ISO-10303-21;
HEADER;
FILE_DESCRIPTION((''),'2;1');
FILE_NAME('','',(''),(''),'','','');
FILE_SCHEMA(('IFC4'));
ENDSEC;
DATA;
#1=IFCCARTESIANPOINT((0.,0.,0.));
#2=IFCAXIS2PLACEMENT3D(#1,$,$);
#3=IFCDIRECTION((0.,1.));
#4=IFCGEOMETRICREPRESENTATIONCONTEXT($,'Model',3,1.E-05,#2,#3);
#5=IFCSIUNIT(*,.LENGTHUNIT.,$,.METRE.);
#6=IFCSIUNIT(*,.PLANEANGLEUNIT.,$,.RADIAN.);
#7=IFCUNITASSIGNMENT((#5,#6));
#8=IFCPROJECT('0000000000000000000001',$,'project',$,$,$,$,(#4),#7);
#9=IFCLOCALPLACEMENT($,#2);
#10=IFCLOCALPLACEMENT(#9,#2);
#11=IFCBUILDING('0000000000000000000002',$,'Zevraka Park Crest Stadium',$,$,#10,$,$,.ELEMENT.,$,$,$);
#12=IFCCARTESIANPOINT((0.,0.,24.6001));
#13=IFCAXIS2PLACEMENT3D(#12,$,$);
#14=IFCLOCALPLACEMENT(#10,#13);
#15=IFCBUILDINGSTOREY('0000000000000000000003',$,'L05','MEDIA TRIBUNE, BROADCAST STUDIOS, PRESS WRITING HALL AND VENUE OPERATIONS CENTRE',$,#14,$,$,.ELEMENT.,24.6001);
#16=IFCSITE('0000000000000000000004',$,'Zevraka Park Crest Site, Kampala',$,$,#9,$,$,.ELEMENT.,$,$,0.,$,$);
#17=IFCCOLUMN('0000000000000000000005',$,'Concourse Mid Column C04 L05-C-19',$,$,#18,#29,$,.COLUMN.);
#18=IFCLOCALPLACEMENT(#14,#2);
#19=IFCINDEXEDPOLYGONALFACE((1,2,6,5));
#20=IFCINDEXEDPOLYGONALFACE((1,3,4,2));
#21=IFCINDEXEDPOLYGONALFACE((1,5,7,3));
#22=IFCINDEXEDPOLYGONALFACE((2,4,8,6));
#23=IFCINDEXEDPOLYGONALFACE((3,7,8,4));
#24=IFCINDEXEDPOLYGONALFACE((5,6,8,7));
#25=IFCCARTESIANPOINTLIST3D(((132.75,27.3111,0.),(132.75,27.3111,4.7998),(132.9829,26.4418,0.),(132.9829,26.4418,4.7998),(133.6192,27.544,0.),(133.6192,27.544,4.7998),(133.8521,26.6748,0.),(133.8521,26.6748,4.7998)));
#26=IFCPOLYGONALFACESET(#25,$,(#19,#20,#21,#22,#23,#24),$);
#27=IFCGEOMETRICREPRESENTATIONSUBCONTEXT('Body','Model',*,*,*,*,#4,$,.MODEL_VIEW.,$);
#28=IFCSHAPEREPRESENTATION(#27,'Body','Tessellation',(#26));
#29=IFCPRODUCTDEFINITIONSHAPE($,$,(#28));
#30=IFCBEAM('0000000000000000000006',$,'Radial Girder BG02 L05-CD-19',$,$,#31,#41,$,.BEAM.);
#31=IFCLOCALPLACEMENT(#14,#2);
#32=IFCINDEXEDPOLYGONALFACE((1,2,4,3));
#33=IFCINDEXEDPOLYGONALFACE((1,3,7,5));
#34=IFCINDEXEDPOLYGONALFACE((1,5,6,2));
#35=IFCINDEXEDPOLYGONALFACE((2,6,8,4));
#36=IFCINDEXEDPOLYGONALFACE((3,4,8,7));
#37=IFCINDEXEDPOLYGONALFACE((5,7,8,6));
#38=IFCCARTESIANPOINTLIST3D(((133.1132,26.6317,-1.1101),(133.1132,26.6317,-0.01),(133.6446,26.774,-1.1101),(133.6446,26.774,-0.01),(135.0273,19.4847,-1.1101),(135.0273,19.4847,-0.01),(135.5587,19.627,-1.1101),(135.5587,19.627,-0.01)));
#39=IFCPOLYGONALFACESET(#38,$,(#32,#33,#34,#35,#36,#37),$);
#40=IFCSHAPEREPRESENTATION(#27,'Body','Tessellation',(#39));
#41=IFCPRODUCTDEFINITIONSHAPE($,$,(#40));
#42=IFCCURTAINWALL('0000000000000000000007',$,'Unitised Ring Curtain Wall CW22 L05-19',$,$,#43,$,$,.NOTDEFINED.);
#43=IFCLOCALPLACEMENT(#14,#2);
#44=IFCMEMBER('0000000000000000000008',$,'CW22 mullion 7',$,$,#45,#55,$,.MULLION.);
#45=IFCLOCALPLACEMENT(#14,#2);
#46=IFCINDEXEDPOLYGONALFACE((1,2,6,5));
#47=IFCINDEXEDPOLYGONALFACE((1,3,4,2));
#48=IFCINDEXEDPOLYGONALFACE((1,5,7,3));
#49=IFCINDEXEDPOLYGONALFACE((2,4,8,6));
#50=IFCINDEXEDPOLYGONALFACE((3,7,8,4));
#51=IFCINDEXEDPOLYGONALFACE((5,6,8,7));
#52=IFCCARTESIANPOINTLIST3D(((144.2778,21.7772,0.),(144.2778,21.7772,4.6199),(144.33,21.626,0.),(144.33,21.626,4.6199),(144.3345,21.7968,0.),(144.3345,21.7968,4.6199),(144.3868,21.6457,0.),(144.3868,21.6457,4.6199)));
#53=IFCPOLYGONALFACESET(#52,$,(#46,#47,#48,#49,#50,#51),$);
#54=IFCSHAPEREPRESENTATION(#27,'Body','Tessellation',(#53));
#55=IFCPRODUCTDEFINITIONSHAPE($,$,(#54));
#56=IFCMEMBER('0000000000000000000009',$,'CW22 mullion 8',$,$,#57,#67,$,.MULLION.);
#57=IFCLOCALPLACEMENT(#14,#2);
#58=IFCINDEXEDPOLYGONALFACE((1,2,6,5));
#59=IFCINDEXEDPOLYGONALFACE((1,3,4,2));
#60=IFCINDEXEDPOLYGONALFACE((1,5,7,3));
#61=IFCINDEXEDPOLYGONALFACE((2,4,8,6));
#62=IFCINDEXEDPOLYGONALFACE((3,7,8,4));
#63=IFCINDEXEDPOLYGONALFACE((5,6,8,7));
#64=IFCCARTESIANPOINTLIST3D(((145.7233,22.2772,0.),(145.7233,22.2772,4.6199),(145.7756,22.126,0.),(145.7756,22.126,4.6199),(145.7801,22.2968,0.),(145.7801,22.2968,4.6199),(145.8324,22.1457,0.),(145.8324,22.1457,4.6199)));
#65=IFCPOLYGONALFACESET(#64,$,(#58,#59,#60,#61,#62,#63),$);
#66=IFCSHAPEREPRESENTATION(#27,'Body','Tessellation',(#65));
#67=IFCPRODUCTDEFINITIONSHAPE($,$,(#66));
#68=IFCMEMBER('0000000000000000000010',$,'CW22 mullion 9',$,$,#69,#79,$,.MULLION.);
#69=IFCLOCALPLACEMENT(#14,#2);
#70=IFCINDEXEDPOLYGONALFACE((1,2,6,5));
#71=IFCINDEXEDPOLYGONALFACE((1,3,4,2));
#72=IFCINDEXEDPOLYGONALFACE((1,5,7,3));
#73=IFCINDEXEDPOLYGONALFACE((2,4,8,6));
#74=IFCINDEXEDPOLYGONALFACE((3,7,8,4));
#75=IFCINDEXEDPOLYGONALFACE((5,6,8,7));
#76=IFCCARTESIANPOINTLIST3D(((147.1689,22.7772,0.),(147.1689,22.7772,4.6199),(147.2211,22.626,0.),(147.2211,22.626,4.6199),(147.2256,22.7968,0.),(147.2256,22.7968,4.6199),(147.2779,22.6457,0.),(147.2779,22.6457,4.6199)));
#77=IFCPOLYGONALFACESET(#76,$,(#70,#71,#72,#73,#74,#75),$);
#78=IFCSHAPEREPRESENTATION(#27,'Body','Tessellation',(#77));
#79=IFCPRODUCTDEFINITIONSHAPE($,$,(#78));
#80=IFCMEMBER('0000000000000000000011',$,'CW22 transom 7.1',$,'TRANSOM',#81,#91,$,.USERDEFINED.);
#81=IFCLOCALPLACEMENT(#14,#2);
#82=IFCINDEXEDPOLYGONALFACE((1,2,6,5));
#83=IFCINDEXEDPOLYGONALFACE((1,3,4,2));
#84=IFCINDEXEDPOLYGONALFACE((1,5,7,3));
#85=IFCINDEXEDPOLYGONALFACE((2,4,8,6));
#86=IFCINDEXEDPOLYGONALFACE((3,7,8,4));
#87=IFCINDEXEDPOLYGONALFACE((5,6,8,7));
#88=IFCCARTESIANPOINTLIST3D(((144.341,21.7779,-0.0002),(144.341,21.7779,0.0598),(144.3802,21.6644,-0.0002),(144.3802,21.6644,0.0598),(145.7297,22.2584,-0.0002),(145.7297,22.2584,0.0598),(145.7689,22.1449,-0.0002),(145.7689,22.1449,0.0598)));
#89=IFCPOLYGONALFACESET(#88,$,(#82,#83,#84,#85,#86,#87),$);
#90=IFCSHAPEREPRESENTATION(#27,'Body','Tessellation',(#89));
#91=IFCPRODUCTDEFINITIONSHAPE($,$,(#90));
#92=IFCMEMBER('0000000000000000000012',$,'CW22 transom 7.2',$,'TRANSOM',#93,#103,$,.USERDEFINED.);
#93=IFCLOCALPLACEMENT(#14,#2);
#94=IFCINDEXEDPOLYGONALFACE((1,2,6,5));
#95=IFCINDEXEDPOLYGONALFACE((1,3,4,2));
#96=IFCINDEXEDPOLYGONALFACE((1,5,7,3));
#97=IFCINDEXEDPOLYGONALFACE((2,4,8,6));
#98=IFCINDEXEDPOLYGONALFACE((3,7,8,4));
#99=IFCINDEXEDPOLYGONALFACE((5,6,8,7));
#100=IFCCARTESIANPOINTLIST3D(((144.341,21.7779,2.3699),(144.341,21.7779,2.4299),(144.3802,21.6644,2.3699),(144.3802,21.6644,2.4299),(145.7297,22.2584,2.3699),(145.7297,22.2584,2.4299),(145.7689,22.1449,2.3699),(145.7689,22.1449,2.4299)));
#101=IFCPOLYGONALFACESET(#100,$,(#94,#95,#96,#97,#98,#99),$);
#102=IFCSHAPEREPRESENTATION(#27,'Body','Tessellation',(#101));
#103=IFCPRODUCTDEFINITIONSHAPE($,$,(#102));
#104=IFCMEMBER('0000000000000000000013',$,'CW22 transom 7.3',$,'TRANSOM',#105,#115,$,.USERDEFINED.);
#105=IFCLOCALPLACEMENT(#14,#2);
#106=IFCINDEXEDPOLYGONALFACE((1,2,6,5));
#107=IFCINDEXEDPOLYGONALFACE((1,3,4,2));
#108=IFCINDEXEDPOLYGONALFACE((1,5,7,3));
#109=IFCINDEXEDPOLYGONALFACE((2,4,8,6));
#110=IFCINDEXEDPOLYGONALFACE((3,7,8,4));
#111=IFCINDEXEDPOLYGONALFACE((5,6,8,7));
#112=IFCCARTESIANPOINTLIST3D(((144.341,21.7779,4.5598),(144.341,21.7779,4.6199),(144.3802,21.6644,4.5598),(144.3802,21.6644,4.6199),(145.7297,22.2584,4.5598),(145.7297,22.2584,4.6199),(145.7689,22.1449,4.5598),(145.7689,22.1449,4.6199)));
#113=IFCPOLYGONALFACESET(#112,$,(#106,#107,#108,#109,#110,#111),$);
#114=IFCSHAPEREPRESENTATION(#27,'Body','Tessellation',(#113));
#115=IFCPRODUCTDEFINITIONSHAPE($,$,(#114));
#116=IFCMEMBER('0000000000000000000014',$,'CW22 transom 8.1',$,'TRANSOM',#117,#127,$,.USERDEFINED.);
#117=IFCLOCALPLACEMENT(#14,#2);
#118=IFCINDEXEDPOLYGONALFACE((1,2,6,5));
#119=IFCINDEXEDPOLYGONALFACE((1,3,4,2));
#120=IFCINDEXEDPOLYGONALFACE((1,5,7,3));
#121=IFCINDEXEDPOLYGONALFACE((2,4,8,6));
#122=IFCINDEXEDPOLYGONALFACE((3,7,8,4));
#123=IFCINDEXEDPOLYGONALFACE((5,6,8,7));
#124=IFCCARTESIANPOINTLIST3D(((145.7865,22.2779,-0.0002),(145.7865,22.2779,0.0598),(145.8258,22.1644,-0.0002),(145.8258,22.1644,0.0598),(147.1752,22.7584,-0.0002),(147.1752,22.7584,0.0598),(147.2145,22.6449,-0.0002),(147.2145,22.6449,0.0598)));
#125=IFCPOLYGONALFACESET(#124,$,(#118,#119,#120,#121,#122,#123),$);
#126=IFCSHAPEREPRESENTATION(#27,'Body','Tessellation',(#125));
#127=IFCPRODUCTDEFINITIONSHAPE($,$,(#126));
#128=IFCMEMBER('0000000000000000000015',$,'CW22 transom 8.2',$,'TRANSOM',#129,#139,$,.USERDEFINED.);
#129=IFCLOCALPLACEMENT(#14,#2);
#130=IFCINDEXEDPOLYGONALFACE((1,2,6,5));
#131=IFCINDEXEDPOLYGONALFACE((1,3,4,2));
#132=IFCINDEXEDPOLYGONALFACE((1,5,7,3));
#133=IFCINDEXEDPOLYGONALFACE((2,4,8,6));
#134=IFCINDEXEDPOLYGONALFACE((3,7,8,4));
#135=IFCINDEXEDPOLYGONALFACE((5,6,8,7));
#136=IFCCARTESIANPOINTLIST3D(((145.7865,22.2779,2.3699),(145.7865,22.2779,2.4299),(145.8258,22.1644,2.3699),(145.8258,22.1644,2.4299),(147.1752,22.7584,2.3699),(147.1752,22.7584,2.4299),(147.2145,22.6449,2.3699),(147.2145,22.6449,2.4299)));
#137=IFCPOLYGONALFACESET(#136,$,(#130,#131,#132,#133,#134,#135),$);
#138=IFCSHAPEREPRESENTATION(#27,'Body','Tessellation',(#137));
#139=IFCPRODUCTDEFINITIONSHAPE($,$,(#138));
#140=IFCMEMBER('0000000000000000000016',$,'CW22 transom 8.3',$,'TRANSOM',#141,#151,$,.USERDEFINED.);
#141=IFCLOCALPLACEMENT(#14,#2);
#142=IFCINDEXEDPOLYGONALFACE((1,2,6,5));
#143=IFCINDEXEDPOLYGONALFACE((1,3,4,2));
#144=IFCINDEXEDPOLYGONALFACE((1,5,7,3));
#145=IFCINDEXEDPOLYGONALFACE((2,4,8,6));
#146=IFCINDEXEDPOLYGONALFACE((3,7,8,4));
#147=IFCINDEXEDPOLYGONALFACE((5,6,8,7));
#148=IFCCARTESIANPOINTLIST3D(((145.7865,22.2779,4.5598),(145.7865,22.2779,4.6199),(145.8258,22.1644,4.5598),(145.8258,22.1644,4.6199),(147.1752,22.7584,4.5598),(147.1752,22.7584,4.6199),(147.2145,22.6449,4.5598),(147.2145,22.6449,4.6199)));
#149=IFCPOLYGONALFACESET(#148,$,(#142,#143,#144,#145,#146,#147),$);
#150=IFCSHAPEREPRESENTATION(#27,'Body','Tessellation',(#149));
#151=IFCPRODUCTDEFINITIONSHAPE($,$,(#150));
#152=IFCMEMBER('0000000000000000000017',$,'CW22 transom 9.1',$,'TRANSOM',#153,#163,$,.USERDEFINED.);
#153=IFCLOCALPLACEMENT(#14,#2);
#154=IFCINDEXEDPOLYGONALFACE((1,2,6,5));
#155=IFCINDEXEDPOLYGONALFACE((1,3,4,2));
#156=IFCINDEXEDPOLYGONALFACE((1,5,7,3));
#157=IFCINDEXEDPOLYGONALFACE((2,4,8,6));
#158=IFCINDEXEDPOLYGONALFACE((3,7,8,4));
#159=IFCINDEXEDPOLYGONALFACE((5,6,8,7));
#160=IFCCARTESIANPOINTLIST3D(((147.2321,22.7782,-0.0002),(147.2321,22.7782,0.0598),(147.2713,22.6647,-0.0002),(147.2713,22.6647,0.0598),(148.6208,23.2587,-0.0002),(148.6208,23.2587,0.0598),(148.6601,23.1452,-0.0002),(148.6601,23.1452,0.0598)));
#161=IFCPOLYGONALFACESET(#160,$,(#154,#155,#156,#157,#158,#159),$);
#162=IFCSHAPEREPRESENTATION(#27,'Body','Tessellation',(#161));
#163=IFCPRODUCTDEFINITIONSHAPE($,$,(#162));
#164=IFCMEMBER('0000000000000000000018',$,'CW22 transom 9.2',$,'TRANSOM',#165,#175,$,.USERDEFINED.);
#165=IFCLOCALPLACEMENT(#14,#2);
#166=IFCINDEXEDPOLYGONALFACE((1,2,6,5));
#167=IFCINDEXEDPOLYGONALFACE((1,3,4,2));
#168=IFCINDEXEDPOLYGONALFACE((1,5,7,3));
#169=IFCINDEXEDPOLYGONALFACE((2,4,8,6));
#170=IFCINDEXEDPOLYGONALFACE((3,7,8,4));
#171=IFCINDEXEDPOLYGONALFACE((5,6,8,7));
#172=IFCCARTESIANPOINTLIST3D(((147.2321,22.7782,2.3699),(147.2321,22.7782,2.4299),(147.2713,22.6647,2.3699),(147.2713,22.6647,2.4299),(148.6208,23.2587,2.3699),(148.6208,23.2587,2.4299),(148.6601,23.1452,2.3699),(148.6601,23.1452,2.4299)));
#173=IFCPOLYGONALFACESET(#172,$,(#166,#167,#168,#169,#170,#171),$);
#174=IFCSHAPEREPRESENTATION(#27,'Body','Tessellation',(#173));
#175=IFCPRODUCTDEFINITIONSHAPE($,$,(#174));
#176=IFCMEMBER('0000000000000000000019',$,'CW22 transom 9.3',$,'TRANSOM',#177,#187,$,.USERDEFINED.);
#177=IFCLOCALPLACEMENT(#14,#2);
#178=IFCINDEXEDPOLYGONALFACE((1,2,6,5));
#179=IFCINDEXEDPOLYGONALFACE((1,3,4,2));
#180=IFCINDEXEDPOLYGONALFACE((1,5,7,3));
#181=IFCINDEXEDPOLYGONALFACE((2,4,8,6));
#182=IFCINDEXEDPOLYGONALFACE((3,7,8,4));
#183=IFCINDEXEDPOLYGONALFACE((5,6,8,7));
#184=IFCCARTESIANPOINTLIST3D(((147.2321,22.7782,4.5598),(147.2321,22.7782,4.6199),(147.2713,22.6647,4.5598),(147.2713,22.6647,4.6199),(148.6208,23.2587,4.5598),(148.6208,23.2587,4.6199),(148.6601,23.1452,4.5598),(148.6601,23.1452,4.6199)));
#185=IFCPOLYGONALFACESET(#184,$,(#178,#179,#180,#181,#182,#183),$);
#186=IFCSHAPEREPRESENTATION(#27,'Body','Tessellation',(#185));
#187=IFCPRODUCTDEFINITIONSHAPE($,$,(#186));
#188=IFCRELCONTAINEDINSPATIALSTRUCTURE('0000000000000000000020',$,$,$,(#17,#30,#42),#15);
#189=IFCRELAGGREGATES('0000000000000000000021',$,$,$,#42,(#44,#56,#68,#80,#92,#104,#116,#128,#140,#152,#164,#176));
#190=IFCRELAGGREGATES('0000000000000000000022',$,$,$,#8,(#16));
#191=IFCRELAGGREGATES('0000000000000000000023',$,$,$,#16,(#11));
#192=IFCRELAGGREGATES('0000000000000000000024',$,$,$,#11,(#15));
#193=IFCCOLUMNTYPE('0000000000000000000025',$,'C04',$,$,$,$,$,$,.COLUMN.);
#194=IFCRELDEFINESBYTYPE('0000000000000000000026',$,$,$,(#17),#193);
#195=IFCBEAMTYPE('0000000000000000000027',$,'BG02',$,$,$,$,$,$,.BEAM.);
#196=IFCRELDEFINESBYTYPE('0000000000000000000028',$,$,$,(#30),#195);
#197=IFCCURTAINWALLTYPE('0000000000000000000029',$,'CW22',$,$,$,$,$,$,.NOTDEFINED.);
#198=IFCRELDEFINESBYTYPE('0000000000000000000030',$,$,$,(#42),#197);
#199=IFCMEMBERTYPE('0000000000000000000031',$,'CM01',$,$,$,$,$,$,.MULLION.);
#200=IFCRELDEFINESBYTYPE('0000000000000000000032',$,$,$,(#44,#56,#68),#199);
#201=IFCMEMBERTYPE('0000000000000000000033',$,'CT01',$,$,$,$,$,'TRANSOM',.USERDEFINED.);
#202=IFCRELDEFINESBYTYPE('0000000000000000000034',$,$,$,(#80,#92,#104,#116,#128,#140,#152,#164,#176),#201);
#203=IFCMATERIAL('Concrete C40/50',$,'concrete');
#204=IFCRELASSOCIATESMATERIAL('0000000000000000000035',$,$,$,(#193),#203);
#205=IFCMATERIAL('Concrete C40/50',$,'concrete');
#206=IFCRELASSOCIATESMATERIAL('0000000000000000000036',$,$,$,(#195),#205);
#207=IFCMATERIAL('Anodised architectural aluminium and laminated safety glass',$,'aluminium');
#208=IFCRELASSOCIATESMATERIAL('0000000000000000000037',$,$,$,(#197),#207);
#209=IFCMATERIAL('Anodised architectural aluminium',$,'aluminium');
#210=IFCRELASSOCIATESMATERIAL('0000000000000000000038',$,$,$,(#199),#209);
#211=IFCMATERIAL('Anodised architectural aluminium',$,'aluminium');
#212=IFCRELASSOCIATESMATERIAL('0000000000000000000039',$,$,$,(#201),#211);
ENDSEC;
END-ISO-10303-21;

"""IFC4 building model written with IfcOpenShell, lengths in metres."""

from ifc_helpers import new_model, si_unit, direction, frame, origin, origin_2d, place, context, subcontext, project, spatial, rectangle, extrude, material, material_profile, profile_set, type_object, element, aggregate, save


model = new_model("IFC4")

# Units and contexts
model_context = context("Model", 3, precision=1e-05, world=origin(), true_north=direction((0.0, 1.0)))
body_context = subcontext(model_context, "Body", "Model", "MODEL_VIEW")
ifc_project = project(units=[si_unit("LENGTHUNIT", "METRE"), si_unit("PLANEANGLEUNIT", "RADIAN")], contexts=[model_context])

# Site, building, storey
site_placement = place(None, origin())
site = spatial("IfcSite", under=ifc_project, at=site_placement, Name="Zevraka Park Crest Site, Kampala", CompositionType="ELEMENT", RefElevation=0.0)
building_placement = place(site_placement, origin())
building = spatial("IfcBuilding", under=site, at=building_placement, Name="Zevraka Park Crest Stadium", CompositionType="ELEMENT")
storey_placement = place(building_placement, frame((0.0, 0.0, 24.6001)))
storey = spatial("IfcBuildingStorey", under=building, at=storey_placement, Name="L05", Description="MEDIA TRIBUNE, BROADCAST STUDIOS, PRESS WRITING HALL AND VENUE OPERATIONS CENTRE", CompositionType="ELEMENT", Elevation=24.6001)

# Column
ifc_material_1 = material(Name="Concrete C40/50", Category="concrete")
ifc_material_profile_1 = material_profile(ifc_material_1, rectangle(XDim=0.8999, YDim=0.8999, at=origin_2d()), Name="RC 900x900")
ifc_profile_set_1 = profile_set([ifc_material_profile_1], Name="Concrete C40/50")
column_type = type_object("IfcColumnType", Name="C04", PredefinedType="COLUMN", material=ifc_profile_set_1)
column_placement = place(storey_placement, frame((133.301, 26.9929, 0.0), z_axis=(0.0, 0.0, 1.0), x_axis=(-0.258819, 0.965926, 0.0)))
element("IfcColumn", 1, at=column_placement, inside=storey, type_object=column_type, Name="Concourse Mid Column C04 L05-C-19", PredefinedType="COLUMN", context=body_context, shape_type="SweptSolid", body=[
    extrude(rectangle(XDim=0.8999, YDim=0.8999, at=origin_2d()), origin(), (0.0, 0.0, 1.0), 4.7998),
])

# Beam
ifc_material_2 = material(Name="Concrete C40/50", Category="concrete")
ifc_material_profile_2 = material_profile(ifc_material_2, rectangle(XDim=0.55, YDim=1.1001, at=origin_2d()), Name="RC 1100x550")
ifc_profile_set_2 = profile_set([ifc_material_profile_2], Name="Concrete C40/50")
beam_type_1 = type_object("IfcBeamType", Name="BG02", PredefinedType="BEAM", material=ifc_profile_set_2)
beam_1_placement = place(storey_placement, frame((133.3789, 26.7029, -0.5601), z_axis=(0.258698, -0.965958, 0.0), x_axis=(0.965958, 0.258698, 0.0)))
element("IfcBeam", 2, at=beam_1_placement, inside=storey, type_object=beam_type_1, Name="Radial Girder BG02 L05-CD-19", PredefinedType="BEAM", context=body_context, shape_type="SweptSolid", body=[
    extrude(rectangle(XDim=0.55, YDim=1.1001, at=origin_2d()), origin(), (0.0, 0.0, 1.0), 7.3989),
])

# Curtain wall, members
ifc_material_3 = material(Name="Anodised architectural aluminium and laminated safety glass", Category="aluminium")
curtain_wall_type = type_object("IfcCurtainWallType", Name="CW22", PredefinedType="NOTDEFINED", material=ifc_material_3)
curtain_wall_placement = place(storey_placement, origin())
curtain_wall = element("IfcCurtainWall", 3, at=curtain_wall_placement, inside=storey, type_object=curtain_wall_type, Name="Unitised Ring Curtain Wall CW22 L05-19", PredefinedType="NOTDEFINED")
ifc_material_4 = material(Name="Anodised architectural aluminium", Category="aluminium")
ifc_material_profile_3 = material_profile(ifc_material_4, rectangle(XDim=0.1599, YDim=0.0601, at=origin_2d()), Name="ALU MULLION 160x60")
ifc_profile_set_3 = profile_set([ifc_material_profile_3], Name="Anodised architectural aluminium")
member_type_1 = type_object("IfcMemberType", Name="CM01", PredefinedType="MULLION", material=ifc_profile_set_3)
member_1_placement = place(storey_placement, frame((144.3323, 21.7114, 0.0), z_axis=(0.0, 0.0, 1.0), x_axis=(-0.326929, 0.945049, 0.0)))
member_1 = element("IfcMember", 4, at=member_1_placement, type_object=member_type_1, Name="CW22 mullion 7", PredefinedType="MULLION", context=body_context, shape_type="SweptSolid", body=[
    extrude(rectangle(XDim=0.1599, YDim=0.0601, at=origin_2d()), origin(), (0.0, 0.0, 1.0), 4.6199),
])
member_2_placement = place(storey_placement, frame((145.7778, 22.2114, 0.0), z_axis=(0.0, 0.0, 1.0), x_axis=(-0.326929, 0.945049, 0.0)))
member_2 = element("IfcMember", 5, at=member_2_placement, type_object=member_type_1, Name="CW22 mullion 8", PredefinedType="MULLION", context=body_context, shape_type="SweptSolid", body=[
    extrude(rectangle(XDim=0.1599, YDim=0.0601, at=origin_2d()), origin(), (0.0, 0.0, 1.0), 4.6199),
])
member_3_placement = place(storey_placement, frame((147.2234, 22.7114, 0.0), z_axis=(0.0, 0.0, 1.0), x_axis=(-0.326929, 0.945049, 0.0)))
member_3 = element("IfcMember", 6, at=member_3_placement, type_object=member_type_1, Name="CW22 mullion 9", PredefinedType="MULLION", context=body_context, shape_type="SweptSolid", body=[
    extrude(rectangle(XDim=0.1599, YDim=0.0601, at=origin_2d()), origin(), (0.0, 0.0, 1.0), 4.6199),
])
ifc_material_5 = material(Name="Anodised architectural aluminium", Category="aluminium")
ifc_material_profile_4 = material_profile(ifc_material_5, rectangle(XDim=0.1201, YDim=0.0601, at=origin_2d()), Name="ALU TRANSOM 120x60")
ifc_profile_set_4 = profile_set([ifc_material_profile_4], Name="Anodised architectural aluminium")
member_type_2 = type_object("IfcMemberType", Name="CT01", ElementType="TRANSOM", PredefinedType="USERDEFINED", material=ifc_profile_set_4)
member_4_placement = place(storey_placement, frame((144.3606, 21.7212, 0.0298), z_axis=(0.945033, 0.326974, 0.0), x_axis=(-0.326974, 0.945033, 0.0)))
member_4 = element("IfcMember", 7, at=member_4_placement, type_object=member_type_2, Name="CW22 transom 7.1", ObjectType="TRANSOM", PredefinedType="USERDEFINED", context=body_context, shape_type="SweptSolid", body=[
    extrude(rectangle(XDim=0.1201, YDim=0.0601, at=origin_2d()), origin(), (0.0, 0.0, 1.0), 1.4695),
])
member_5_placement = place(storey_placement, frame((144.3606, 21.7212, 2.3999), z_axis=(0.945033, 0.326974, 0.0), x_axis=(-0.326974, 0.945033, 0.0)))
member_5 = element("IfcMember", 8, at=member_5_placement, type_object=member_type_2, Name="CW22 transom 7.2", ObjectType="TRANSOM", PredefinedType="USERDEFINED", context=body_context, shape_type="SweptSolid", body=[
    extrude(rectangle(XDim=0.1201, YDim=0.0601, at=origin_2d()), origin(), (0.0, 0.0, 1.0), 1.4695),
])
member_6_placement = place(storey_placement, frame((144.3606, 21.7212, 4.5898), z_axis=(0.945033, 0.326974, 0.0), x_axis=(-0.326974, 0.945033, 0.0)))
member_6 = element("IfcMember", 9, at=member_6_placement, type_object=member_type_2, Name="CW22 transom 7.3", ObjectType="TRANSOM", PredefinedType="USERDEFINED", context=body_context, shape_type="SweptSolid", body=[
    extrude(rectangle(XDim=0.1201, YDim=0.0601, at=origin_2d()), origin(), (0.0, 0.0, 1.0), 1.4695),
])
member_7_placement = place(storey_placement, frame((145.8062, 22.2212, 0.0298), z_axis=(0.945033, 0.326974, 0.0), x_axis=(-0.326974, 0.945033, 0.0)))
member_7 = element("IfcMember", 10, at=member_7_placement, type_object=member_type_2, Name="CW22 transom 8.1", ObjectType="TRANSOM", PredefinedType="USERDEFINED", context=body_context, shape_type="SweptSolid", body=[
    extrude(rectangle(XDim=0.1201, YDim=0.0601, at=origin_2d()), origin(), (0.0, 0.0, 1.0), 1.4695),
])
member_8_placement = place(storey_placement, frame((145.8062, 22.2212, 2.3999), z_axis=(0.945033, 0.326974, 0.0), x_axis=(-0.326974, 0.945033, 0.0)))
member_8 = element("IfcMember", 11, at=member_8_placement, type_object=member_type_2, Name="CW22 transom 8.2", ObjectType="TRANSOM", PredefinedType="USERDEFINED", context=body_context, shape_type="SweptSolid", body=[
    extrude(rectangle(XDim=0.1201, YDim=0.0601, at=origin_2d()), origin(), (0.0, 0.0, 1.0), 1.4695),
])
member_9_placement = place(storey_placement, frame((145.8062, 22.2212, 4.5898), z_axis=(0.945033, 0.326974, 0.0), x_axis=(-0.326974, 0.945033, 0.0)))
member_9 = element("IfcMember", 12, at=member_9_placement, type_object=member_type_2, Name="CW22 transom 8.3", ObjectType="TRANSOM", PredefinedType="USERDEFINED", context=body_context, shape_type="SweptSolid", body=[
    extrude(rectangle(XDim=0.1201, YDim=0.0601, at=origin_2d()), origin(), (0.0, 0.0, 1.0), 1.4695),
])
member_10_placement = place(storey_placement, frame((147.2517, 22.7214, 0.0298), z_axis=(0.945033, 0.326974, 0.0), x_axis=(-0.326974, 0.945033, 0.0)))
member_10 = element("IfcMember", 13, at=member_10_placement, type_object=member_type_2, Name="CW22 transom 9.1", ObjectType="TRANSOM", PredefinedType="USERDEFINED", context=body_context, shape_type="SweptSolid", body=[
    extrude(rectangle(XDim=0.1201, YDim=0.0601, at=origin_2d()), origin(), (0.0, 0.0, 1.0), 1.4695),
])
member_11_placement = place(storey_placement, frame((147.2517, 22.7214, 2.3999), z_axis=(0.945033, 0.326974, 0.0), x_axis=(-0.326974, 0.945033, 0.0)))
member_11 = element("IfcMember", 14, at=member_11_placement, type_object=member_type_2, Name="CW22 transom 9.2", ObjectType="TRANSOM", PredefinedType="USERDEFINED", context=body_context, shape_type="SweptSolid", body=[
    extrude(rectangle(XDim=0.1201, YDim=0.0601, at=origin_2d()), origin(), (0.0, 0.0, 1.0), 1.4695),
])
member_12_placement = place(storey_placement, frame((147.2517, 22.7214, 4.5898), z_axis=(0.945033, 0.326974, 0.0), x_axis=(-0.326974, 0.945033, 0.0)))
member_12 = element("IfcMember", 15, at=member_12_placement, type_object=member_type_2, Name="CW22 transom 9.3", ObjectType="TRANSOM", PredefinedType="USERDEFINED", context=body_context, shape_type="SweptSolid", body=[
    extrude(rectangle(XDim=0.1201, YDim=0.0601, at=origin_2d()), origin(), (0.0, 0.0, 1.0), 1.4695),
])

aggregate(curtain_wall, [member_1, member_2, member_3, member_4, member_5, member_6, member_7, member_8, member_9, member_10, member_11, member_12])

save(model, "model.ifc")
